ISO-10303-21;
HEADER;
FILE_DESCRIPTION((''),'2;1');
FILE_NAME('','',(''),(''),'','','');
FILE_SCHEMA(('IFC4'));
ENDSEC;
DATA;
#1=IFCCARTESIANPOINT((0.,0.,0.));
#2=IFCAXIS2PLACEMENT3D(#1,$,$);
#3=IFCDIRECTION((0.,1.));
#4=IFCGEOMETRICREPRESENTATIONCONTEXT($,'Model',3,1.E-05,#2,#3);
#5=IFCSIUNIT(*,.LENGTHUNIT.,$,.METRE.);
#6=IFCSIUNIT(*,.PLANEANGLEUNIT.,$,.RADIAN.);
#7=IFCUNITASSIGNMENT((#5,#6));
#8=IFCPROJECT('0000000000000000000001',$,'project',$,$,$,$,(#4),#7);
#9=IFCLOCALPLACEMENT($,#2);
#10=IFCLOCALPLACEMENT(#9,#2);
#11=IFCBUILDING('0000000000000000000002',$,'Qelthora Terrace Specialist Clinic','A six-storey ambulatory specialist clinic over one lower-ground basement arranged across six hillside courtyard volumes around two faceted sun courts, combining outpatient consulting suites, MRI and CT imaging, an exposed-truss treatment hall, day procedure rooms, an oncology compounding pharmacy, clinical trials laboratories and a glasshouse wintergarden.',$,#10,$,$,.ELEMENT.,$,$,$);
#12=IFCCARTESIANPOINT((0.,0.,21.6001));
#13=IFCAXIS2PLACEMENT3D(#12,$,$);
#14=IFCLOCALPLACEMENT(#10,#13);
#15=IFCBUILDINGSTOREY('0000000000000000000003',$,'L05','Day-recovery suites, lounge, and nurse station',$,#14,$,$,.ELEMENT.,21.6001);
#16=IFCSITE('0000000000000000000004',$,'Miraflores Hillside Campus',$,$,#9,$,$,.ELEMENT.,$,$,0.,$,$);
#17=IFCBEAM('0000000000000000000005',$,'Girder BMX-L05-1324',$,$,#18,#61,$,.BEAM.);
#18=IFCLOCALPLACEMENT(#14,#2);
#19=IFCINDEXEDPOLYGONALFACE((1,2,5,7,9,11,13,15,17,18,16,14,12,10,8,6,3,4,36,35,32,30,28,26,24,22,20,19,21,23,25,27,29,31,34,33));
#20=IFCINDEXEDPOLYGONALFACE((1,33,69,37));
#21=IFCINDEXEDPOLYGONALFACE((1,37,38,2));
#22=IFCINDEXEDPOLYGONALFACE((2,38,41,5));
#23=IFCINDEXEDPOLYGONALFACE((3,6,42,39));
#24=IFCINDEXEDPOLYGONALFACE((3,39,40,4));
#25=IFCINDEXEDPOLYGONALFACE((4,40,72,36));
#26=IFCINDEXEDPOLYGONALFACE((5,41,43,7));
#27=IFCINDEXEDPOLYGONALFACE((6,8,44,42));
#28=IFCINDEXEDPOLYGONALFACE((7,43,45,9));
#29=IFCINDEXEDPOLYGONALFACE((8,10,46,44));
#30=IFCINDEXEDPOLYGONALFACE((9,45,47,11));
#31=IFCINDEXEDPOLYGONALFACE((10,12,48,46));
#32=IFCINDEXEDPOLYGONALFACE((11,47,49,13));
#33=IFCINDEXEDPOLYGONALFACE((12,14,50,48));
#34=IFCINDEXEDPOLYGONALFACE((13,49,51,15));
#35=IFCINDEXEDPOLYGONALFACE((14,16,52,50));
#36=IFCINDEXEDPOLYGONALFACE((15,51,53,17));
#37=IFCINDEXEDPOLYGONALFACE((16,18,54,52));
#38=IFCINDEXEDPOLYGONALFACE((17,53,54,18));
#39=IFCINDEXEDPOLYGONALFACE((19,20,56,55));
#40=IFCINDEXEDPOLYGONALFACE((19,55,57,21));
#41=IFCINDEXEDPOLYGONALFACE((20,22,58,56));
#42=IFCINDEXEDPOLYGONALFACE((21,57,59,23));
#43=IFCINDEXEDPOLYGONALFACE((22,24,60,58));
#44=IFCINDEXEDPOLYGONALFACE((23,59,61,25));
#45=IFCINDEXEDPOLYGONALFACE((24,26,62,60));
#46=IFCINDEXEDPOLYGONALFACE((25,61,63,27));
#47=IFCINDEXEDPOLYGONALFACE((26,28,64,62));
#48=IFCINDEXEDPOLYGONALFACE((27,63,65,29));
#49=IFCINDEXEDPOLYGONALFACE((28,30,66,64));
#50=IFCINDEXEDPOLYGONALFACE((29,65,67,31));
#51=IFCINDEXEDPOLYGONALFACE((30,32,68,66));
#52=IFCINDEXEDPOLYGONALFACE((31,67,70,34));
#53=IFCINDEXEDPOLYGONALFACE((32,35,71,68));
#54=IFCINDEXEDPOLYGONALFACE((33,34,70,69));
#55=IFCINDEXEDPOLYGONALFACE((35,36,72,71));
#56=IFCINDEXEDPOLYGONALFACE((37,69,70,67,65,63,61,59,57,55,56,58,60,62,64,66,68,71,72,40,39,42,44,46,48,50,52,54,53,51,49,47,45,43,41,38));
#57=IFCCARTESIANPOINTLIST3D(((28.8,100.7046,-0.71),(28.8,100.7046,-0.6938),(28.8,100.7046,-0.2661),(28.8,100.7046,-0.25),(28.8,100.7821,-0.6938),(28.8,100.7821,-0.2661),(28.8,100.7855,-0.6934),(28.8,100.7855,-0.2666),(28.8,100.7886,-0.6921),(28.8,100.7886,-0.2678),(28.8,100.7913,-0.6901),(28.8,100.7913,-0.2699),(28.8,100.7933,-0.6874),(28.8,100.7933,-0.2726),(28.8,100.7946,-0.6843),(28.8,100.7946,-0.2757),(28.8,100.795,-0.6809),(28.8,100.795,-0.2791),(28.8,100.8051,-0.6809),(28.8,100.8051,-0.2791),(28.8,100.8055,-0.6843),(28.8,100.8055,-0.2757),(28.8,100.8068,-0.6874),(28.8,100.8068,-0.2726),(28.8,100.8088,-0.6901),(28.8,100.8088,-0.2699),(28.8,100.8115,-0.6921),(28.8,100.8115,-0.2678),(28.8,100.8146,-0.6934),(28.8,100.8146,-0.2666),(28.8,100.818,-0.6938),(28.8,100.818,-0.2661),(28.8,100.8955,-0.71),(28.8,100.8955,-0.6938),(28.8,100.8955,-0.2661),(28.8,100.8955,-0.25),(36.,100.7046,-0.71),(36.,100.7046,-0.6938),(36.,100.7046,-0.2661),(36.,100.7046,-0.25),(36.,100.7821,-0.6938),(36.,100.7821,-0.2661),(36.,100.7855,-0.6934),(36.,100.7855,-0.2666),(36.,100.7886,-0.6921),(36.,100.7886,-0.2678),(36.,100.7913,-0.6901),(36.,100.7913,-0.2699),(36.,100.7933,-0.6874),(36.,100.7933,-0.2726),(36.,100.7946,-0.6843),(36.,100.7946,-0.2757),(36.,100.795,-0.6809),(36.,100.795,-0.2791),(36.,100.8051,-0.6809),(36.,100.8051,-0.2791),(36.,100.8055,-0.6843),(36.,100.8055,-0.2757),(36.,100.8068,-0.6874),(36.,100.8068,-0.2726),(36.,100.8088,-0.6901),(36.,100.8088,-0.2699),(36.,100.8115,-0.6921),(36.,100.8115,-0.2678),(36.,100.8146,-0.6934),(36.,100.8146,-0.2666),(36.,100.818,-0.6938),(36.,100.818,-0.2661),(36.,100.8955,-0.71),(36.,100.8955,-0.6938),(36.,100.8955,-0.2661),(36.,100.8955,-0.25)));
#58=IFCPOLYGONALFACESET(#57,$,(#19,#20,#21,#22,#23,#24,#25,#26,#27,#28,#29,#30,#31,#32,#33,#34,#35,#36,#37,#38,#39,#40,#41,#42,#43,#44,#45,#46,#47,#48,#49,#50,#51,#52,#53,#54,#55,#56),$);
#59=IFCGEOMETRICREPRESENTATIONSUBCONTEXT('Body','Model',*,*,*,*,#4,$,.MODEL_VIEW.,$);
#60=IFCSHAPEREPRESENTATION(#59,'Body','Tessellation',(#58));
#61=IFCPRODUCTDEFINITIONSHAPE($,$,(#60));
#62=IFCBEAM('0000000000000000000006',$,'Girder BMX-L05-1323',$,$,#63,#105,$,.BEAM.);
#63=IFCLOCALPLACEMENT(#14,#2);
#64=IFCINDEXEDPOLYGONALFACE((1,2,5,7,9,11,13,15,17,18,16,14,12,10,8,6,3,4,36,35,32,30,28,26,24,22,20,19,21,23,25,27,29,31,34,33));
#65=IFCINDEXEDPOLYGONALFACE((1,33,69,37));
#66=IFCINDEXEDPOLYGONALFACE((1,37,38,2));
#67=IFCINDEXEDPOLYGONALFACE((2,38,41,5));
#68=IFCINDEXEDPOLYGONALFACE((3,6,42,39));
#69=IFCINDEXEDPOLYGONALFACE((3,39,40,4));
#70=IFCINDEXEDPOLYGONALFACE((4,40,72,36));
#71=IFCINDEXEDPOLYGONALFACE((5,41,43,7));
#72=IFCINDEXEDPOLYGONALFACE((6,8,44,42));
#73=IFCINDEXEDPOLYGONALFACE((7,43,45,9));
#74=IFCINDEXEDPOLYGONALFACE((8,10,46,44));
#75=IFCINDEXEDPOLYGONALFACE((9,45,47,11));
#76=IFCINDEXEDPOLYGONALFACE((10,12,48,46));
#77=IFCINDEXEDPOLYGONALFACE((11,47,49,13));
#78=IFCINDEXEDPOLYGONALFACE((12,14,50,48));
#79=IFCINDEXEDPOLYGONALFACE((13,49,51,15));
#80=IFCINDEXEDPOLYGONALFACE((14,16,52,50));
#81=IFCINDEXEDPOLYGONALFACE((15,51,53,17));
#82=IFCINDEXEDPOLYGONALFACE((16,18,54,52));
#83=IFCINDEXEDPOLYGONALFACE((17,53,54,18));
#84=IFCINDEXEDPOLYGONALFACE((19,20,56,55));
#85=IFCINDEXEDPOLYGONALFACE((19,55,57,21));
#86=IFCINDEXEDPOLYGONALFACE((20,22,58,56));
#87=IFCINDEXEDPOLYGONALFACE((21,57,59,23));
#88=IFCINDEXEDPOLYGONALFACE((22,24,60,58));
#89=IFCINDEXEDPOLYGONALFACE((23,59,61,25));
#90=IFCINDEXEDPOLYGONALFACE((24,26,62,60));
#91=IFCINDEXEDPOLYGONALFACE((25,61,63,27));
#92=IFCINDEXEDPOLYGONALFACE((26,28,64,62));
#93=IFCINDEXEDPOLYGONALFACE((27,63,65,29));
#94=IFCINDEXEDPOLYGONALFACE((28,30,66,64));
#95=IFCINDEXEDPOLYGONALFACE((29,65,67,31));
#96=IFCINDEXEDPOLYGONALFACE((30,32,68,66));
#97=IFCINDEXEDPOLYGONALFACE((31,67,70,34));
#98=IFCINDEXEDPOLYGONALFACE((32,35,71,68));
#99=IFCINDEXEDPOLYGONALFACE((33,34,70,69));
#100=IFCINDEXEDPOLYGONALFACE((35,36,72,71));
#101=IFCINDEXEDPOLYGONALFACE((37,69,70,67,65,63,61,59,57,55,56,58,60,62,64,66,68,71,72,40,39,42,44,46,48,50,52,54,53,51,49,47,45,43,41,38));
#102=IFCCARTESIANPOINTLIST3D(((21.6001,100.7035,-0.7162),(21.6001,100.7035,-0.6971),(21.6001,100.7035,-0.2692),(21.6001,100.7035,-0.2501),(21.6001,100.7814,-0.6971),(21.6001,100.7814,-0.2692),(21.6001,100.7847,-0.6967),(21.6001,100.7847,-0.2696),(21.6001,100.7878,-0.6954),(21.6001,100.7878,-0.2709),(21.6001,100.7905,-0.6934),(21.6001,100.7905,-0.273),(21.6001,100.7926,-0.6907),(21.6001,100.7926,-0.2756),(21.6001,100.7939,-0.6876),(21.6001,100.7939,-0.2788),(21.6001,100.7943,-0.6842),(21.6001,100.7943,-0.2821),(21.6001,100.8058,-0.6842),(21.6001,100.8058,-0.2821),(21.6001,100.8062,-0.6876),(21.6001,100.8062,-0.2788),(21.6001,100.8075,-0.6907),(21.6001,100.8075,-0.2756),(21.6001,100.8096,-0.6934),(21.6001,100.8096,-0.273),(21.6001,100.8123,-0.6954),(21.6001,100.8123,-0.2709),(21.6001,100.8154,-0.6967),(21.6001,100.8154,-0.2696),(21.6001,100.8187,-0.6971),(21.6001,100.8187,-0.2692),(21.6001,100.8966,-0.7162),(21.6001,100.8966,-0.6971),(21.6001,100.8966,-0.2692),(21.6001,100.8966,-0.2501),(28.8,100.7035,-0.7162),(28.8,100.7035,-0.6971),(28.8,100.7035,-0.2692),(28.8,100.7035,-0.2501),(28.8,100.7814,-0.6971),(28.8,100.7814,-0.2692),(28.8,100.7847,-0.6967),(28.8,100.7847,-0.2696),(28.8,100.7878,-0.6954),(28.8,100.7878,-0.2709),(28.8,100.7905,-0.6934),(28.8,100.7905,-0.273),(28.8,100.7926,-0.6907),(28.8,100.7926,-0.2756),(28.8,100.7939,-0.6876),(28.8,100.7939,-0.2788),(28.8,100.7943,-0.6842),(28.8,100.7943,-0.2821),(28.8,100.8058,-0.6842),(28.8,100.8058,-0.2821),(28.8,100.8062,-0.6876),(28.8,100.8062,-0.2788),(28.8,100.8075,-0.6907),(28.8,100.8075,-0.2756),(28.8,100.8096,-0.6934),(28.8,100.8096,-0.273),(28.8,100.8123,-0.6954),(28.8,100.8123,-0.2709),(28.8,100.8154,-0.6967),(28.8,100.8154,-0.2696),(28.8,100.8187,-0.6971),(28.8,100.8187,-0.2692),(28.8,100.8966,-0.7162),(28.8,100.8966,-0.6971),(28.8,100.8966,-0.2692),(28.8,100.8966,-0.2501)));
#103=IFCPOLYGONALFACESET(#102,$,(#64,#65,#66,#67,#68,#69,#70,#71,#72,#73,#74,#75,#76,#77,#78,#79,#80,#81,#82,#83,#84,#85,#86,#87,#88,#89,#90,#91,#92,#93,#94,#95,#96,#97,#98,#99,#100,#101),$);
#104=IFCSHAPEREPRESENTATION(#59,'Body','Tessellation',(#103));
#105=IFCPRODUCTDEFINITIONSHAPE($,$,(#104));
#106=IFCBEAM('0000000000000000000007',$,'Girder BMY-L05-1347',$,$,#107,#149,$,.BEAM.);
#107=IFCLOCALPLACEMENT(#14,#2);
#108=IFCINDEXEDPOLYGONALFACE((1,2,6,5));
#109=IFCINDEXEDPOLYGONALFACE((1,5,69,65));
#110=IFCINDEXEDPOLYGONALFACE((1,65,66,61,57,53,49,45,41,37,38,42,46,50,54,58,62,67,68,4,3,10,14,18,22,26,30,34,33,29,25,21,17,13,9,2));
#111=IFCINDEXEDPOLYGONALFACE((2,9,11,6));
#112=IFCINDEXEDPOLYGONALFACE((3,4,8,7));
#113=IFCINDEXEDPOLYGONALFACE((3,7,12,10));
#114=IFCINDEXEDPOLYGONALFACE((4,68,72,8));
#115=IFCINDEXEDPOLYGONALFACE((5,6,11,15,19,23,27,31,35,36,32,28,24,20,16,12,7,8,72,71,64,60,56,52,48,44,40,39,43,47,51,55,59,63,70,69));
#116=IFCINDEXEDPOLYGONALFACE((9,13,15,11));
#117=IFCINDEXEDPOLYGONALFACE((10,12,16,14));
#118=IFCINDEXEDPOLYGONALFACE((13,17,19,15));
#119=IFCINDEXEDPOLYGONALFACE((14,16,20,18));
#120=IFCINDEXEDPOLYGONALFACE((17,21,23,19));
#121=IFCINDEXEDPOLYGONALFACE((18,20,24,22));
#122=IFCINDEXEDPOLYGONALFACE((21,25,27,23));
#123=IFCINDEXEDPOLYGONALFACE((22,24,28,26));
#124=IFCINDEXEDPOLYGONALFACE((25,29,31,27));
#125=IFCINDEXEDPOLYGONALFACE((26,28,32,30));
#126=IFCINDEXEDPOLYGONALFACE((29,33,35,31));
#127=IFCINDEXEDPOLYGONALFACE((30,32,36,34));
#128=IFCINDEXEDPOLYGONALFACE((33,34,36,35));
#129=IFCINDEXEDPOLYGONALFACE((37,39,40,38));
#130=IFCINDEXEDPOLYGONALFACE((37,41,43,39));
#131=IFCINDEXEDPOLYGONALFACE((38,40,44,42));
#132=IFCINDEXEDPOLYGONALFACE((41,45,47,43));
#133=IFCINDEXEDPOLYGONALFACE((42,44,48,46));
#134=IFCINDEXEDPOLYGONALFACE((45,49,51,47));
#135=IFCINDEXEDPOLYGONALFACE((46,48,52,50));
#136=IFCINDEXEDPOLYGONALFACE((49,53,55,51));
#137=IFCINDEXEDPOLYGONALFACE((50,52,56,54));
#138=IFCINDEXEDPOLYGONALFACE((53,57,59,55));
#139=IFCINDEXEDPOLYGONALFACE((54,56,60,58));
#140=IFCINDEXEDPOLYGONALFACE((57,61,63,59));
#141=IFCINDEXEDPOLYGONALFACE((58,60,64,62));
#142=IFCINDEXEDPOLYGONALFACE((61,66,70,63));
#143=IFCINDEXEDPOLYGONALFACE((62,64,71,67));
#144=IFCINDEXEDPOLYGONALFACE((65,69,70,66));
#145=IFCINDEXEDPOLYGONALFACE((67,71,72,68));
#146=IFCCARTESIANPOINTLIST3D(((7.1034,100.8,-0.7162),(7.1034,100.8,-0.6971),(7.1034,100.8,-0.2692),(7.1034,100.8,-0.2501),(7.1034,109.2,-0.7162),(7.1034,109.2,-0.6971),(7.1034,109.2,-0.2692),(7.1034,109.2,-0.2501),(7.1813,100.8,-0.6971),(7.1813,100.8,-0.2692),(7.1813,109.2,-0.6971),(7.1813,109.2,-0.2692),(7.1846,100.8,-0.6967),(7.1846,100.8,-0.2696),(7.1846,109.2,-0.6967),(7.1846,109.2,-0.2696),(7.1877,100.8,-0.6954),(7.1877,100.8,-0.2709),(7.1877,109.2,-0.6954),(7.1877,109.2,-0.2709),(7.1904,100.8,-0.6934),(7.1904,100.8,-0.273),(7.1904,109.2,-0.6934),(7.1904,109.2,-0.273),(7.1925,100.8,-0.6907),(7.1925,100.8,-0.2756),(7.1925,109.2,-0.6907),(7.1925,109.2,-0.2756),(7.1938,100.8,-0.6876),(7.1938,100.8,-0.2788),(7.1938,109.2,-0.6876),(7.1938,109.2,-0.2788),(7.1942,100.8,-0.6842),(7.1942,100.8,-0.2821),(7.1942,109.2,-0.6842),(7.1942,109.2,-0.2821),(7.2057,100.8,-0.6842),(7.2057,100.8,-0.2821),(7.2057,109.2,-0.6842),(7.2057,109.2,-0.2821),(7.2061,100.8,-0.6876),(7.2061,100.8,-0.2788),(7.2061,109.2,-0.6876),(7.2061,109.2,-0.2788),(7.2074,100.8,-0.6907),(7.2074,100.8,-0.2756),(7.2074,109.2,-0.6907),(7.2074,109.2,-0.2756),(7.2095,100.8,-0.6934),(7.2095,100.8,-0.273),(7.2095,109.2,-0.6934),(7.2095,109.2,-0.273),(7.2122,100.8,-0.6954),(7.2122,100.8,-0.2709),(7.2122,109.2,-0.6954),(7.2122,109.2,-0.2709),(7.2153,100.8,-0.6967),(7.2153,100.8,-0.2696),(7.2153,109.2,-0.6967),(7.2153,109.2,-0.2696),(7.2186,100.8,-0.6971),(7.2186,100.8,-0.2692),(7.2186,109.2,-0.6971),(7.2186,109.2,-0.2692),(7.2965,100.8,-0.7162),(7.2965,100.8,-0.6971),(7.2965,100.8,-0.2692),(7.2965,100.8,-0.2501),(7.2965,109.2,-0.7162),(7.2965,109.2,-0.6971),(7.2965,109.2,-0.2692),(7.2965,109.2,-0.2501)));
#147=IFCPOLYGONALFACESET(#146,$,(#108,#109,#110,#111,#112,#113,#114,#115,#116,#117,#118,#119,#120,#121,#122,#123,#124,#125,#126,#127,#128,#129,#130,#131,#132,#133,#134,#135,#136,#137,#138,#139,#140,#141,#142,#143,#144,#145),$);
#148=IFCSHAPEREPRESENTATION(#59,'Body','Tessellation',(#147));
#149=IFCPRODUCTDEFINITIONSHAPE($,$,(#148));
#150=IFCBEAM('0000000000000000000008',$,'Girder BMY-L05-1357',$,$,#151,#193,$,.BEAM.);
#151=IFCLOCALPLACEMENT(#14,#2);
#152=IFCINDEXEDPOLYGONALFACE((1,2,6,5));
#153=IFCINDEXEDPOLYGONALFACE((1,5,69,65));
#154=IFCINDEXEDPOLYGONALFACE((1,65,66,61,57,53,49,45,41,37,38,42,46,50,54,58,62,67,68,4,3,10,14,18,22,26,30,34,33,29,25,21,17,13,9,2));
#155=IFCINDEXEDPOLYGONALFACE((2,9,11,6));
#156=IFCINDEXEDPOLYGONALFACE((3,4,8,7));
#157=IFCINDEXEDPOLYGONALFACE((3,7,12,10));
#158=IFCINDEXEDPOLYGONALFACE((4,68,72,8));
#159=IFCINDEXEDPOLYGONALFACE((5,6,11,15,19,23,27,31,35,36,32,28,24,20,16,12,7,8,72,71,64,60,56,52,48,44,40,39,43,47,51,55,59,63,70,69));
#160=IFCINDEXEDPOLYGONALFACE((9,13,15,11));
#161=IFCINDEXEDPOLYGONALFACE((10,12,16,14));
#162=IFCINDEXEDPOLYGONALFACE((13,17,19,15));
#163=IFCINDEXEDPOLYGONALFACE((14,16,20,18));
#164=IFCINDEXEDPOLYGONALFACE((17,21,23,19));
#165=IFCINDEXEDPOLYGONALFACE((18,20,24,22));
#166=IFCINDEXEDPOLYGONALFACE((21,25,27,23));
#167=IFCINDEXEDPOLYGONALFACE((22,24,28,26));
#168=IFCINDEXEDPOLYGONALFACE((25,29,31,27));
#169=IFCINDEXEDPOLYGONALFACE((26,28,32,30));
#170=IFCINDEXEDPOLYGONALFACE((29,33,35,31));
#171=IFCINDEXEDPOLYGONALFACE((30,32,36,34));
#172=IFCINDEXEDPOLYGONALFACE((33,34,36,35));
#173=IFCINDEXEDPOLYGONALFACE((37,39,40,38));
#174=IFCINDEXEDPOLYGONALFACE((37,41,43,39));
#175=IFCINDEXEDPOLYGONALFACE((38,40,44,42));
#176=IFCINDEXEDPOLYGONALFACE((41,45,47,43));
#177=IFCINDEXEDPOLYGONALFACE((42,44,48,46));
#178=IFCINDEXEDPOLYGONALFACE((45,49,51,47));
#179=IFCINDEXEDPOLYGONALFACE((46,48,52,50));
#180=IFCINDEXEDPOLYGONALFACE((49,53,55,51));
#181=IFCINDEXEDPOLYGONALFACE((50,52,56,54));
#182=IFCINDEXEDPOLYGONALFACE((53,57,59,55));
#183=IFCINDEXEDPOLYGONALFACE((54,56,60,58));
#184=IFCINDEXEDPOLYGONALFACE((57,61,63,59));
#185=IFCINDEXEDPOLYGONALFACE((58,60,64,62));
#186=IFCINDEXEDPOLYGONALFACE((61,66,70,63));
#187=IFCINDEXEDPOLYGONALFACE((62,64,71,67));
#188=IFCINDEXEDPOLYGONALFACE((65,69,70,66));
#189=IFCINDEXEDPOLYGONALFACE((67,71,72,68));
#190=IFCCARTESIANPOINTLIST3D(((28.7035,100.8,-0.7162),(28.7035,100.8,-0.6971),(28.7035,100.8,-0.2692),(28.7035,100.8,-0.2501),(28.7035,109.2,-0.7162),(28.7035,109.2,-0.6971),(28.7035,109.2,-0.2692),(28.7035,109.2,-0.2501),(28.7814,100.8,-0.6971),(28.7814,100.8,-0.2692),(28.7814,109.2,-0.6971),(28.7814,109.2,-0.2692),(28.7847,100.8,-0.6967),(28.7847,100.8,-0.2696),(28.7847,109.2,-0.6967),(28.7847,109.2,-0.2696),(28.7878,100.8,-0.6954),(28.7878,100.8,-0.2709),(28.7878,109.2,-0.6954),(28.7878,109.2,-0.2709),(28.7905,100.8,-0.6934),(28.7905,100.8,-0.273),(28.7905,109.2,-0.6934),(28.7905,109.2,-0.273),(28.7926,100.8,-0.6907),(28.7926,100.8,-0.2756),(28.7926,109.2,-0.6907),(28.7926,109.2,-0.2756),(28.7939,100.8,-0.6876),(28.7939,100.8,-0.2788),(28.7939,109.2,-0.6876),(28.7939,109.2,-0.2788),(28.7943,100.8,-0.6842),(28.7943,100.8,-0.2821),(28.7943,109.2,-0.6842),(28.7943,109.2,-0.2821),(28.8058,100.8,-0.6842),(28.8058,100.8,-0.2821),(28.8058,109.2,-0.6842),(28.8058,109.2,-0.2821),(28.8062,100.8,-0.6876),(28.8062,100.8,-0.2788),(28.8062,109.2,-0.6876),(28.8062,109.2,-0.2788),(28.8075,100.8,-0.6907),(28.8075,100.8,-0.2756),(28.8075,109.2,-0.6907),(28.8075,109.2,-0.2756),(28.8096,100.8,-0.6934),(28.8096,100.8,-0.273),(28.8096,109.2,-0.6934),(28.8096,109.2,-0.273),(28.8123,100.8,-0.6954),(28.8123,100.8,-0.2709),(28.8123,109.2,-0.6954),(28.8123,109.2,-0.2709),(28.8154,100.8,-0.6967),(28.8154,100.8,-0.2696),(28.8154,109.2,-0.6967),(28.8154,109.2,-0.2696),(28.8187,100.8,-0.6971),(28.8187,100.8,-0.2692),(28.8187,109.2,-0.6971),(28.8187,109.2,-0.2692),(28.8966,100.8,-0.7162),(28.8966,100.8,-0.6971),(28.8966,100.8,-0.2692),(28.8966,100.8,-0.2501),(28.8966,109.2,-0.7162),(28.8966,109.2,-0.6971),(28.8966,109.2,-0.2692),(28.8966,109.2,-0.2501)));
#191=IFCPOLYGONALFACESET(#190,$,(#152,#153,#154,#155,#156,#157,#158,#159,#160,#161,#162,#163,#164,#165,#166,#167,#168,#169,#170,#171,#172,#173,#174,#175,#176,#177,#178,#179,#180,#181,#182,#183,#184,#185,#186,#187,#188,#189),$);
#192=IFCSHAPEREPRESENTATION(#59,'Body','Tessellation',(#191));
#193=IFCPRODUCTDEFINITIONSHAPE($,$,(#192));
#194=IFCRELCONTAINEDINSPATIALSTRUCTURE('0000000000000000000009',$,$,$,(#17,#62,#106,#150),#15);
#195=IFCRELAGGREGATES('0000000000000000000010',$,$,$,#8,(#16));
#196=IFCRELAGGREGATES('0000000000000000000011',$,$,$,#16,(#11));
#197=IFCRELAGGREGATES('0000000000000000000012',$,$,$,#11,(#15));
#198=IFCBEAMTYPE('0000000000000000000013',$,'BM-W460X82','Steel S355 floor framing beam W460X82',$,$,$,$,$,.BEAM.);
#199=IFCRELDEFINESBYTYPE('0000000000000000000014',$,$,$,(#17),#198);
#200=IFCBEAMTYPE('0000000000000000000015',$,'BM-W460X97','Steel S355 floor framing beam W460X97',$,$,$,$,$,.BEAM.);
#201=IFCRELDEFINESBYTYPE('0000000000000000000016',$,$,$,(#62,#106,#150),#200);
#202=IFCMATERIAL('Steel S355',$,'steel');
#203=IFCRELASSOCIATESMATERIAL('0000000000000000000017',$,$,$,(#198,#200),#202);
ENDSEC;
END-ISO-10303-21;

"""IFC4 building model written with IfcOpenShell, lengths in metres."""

from ifc_helpers import new_model, si_unit, direction, frame, origin, origin_2d, place, context, subcontext, project, spatial, i_section, extrude, material, material_profile, profile_set, type_object, element, save


model = new_model("IFC4")

# Units and contexts
model_context = context("Model", 3, precision=1e-05, world=origin(), true_north=direction((0.0, 1.0)))
body_context = subcontext(model_context, "Body", "Model", "MODEL_VIEW")
ifc_project = project(units=[si_unit("LENGTHUNIT", "METRE"), si_unit("PLANEANGLEUNIT", "RADIAN")], contexts=[model_context])

# Site, building, storey
site_placement = place(None, origin())
site = spatial("IfcSite", under=ifc_project, at=site_placement, Name="Miraflores Hillside Campus", CompositionType="ELEMENT", RefElevation=0.0)
building_placement = place(site_placement, origin())
building = spatial("IfcBuilding", under=site, at=building_placement, Name="Qelthora Terrace Specialist Clinic", Description="A six-storey ambulatory specialist clinic over one lower-ground basement arranged across six hillside courtyard volumes around two faceted sun courts, combining outpatient consulting suites, MRI and CT imaging, an exposed-truss treatment hall, day procedure rooms, an oncology compounding pharmacy, clinical trials laboratories and a glasshouse wintergarden.", CompositionType="ELEMENT")
storey_placement = place(building_placement, frame((0.0, 0.0, 21.6001)))
storey = spatial("IfcBuildingStorey", under=building, at=storey_placement, Name="L05", Description="Day-recovery suites, lounge, and nurse station", CompositionType="ELEMENT", Elevation=21.6001)

# Shared definitions
ifc_material_1 = material(Name="Steel S355", Category="steel")

# Beams
ifc_material_profile_1 = material_profile(ifc_material_1, i_section(OverallWidth=0.1909, OverallDepth=0.46, WebThickness=0.01, FlangeThickness=0.0161, FilletRadius=0.0129, at=origin_2d()), Name="W460X82")
ifc_profile_set_1 = profile_set([ifc_material_profile_1], Name="Steel S355")
beam_type_1 = type_object("IfcBeamType", Name="BM-W460X82", Description="Steel S355 floor framing beam W460X82", PredefinedType="BEAM", material=ifc_profile_set_1)
beam_1_placement = place(storey_placement, frame((28.8, 100.8, -0.48), z_axis=(1.0, 0.0, 0.0), x_axis=(0.0, 1.0, 0.0)))
element("IfcBeam", 1, at=beam_1_placement, inside=storey, type_object=beam_type_1, Name="Girder BMX-L05-1324", PredefinedType="BEAM", context=body_context, shape_type="SweptSolid", body=[
    extrude(i_section(OverallWidth=0.1909, OverallDepth=0.46, WebThickness=0.01, FlangeThickness=0.0161, FilletRadius=0.0129, at=origin_2d()), origin(), (0.0, 0.0, 1.0), 7.2),
])
ifc_material_profile_2 = material_profile(ifc_material_1, i_section(OverallWidth=0.1931, OverallDepth=0.4661, WebThickness=0.0115, FlangeThickness=0.019, FilletRadius=0.0129, at=origin_2d()), Name="W460X97")
ifc_profile_set_2 = profile_set([ifc_material_profile_2], Name="Steel S355")
beam_type_2 = type_object("IfcBeamType", Name="BM-W460X97", Description="Steel S355 floor framing beam W460X97", PredefinedType="BEAM", material=ifc_profile_set_2)
beam_2_placement = place(storey_placement, frame((21.6001, 100.8, -0.4832), z_axis=(1.0, 0.0, 0.0), x_axis=(0.0, 1.0, 0.0)))
element("IfcBeam", 2, at=beam_2_placement, inside=storey, type_object=beam_type_2, Name="Girder BMX-L05-1323", PredefinedType="BEAM", context=body_context, shape_type="SweptSolid", body=[
    extrude(i_section(OverallWidth=0.1931, OverallDepth=0.4661, WebThickness=0.0115, FlangeThickness=0.019, FilletRadius=0.0129, at=origin_2d()), origin(), (0.0, 0.0, 1.0), 7.2),
])
for number, where, z_axis, x_axis, name in (
    (3, (7.2, 100.8, -0.4832), (0.0, 1.0, 0.0), (-1.0, 0.0, 0.0), "Girder BMY-L05-1347"),
    (4, (28.8, 100.8, -0.4832), (0.0, 1.0, 0.0), (-1.0, 0.0, 0.0), "Girder BMY-L05-1357"),
):
    element("IfcBeam", number, at=place(storey_placement, frame(where, z_axis=z_axis, x_axis=x_axis)), inside=storey, type_object=beam_type_2, Name=name, PredefinedType="BEAM", context=body_context, shape_type="SweptSolid", body=[
        extrude(i_section(OverallWidth=0.1931, OverallDepth=0.4661, WebThickness=0.0115, FlangeThickness=0.019, FilletRadius=0.0129, at=origin_2d()), origin(), (0.0, 0.0, 1.0), 8.3999),
    ])

save(model, "model.ifc")
